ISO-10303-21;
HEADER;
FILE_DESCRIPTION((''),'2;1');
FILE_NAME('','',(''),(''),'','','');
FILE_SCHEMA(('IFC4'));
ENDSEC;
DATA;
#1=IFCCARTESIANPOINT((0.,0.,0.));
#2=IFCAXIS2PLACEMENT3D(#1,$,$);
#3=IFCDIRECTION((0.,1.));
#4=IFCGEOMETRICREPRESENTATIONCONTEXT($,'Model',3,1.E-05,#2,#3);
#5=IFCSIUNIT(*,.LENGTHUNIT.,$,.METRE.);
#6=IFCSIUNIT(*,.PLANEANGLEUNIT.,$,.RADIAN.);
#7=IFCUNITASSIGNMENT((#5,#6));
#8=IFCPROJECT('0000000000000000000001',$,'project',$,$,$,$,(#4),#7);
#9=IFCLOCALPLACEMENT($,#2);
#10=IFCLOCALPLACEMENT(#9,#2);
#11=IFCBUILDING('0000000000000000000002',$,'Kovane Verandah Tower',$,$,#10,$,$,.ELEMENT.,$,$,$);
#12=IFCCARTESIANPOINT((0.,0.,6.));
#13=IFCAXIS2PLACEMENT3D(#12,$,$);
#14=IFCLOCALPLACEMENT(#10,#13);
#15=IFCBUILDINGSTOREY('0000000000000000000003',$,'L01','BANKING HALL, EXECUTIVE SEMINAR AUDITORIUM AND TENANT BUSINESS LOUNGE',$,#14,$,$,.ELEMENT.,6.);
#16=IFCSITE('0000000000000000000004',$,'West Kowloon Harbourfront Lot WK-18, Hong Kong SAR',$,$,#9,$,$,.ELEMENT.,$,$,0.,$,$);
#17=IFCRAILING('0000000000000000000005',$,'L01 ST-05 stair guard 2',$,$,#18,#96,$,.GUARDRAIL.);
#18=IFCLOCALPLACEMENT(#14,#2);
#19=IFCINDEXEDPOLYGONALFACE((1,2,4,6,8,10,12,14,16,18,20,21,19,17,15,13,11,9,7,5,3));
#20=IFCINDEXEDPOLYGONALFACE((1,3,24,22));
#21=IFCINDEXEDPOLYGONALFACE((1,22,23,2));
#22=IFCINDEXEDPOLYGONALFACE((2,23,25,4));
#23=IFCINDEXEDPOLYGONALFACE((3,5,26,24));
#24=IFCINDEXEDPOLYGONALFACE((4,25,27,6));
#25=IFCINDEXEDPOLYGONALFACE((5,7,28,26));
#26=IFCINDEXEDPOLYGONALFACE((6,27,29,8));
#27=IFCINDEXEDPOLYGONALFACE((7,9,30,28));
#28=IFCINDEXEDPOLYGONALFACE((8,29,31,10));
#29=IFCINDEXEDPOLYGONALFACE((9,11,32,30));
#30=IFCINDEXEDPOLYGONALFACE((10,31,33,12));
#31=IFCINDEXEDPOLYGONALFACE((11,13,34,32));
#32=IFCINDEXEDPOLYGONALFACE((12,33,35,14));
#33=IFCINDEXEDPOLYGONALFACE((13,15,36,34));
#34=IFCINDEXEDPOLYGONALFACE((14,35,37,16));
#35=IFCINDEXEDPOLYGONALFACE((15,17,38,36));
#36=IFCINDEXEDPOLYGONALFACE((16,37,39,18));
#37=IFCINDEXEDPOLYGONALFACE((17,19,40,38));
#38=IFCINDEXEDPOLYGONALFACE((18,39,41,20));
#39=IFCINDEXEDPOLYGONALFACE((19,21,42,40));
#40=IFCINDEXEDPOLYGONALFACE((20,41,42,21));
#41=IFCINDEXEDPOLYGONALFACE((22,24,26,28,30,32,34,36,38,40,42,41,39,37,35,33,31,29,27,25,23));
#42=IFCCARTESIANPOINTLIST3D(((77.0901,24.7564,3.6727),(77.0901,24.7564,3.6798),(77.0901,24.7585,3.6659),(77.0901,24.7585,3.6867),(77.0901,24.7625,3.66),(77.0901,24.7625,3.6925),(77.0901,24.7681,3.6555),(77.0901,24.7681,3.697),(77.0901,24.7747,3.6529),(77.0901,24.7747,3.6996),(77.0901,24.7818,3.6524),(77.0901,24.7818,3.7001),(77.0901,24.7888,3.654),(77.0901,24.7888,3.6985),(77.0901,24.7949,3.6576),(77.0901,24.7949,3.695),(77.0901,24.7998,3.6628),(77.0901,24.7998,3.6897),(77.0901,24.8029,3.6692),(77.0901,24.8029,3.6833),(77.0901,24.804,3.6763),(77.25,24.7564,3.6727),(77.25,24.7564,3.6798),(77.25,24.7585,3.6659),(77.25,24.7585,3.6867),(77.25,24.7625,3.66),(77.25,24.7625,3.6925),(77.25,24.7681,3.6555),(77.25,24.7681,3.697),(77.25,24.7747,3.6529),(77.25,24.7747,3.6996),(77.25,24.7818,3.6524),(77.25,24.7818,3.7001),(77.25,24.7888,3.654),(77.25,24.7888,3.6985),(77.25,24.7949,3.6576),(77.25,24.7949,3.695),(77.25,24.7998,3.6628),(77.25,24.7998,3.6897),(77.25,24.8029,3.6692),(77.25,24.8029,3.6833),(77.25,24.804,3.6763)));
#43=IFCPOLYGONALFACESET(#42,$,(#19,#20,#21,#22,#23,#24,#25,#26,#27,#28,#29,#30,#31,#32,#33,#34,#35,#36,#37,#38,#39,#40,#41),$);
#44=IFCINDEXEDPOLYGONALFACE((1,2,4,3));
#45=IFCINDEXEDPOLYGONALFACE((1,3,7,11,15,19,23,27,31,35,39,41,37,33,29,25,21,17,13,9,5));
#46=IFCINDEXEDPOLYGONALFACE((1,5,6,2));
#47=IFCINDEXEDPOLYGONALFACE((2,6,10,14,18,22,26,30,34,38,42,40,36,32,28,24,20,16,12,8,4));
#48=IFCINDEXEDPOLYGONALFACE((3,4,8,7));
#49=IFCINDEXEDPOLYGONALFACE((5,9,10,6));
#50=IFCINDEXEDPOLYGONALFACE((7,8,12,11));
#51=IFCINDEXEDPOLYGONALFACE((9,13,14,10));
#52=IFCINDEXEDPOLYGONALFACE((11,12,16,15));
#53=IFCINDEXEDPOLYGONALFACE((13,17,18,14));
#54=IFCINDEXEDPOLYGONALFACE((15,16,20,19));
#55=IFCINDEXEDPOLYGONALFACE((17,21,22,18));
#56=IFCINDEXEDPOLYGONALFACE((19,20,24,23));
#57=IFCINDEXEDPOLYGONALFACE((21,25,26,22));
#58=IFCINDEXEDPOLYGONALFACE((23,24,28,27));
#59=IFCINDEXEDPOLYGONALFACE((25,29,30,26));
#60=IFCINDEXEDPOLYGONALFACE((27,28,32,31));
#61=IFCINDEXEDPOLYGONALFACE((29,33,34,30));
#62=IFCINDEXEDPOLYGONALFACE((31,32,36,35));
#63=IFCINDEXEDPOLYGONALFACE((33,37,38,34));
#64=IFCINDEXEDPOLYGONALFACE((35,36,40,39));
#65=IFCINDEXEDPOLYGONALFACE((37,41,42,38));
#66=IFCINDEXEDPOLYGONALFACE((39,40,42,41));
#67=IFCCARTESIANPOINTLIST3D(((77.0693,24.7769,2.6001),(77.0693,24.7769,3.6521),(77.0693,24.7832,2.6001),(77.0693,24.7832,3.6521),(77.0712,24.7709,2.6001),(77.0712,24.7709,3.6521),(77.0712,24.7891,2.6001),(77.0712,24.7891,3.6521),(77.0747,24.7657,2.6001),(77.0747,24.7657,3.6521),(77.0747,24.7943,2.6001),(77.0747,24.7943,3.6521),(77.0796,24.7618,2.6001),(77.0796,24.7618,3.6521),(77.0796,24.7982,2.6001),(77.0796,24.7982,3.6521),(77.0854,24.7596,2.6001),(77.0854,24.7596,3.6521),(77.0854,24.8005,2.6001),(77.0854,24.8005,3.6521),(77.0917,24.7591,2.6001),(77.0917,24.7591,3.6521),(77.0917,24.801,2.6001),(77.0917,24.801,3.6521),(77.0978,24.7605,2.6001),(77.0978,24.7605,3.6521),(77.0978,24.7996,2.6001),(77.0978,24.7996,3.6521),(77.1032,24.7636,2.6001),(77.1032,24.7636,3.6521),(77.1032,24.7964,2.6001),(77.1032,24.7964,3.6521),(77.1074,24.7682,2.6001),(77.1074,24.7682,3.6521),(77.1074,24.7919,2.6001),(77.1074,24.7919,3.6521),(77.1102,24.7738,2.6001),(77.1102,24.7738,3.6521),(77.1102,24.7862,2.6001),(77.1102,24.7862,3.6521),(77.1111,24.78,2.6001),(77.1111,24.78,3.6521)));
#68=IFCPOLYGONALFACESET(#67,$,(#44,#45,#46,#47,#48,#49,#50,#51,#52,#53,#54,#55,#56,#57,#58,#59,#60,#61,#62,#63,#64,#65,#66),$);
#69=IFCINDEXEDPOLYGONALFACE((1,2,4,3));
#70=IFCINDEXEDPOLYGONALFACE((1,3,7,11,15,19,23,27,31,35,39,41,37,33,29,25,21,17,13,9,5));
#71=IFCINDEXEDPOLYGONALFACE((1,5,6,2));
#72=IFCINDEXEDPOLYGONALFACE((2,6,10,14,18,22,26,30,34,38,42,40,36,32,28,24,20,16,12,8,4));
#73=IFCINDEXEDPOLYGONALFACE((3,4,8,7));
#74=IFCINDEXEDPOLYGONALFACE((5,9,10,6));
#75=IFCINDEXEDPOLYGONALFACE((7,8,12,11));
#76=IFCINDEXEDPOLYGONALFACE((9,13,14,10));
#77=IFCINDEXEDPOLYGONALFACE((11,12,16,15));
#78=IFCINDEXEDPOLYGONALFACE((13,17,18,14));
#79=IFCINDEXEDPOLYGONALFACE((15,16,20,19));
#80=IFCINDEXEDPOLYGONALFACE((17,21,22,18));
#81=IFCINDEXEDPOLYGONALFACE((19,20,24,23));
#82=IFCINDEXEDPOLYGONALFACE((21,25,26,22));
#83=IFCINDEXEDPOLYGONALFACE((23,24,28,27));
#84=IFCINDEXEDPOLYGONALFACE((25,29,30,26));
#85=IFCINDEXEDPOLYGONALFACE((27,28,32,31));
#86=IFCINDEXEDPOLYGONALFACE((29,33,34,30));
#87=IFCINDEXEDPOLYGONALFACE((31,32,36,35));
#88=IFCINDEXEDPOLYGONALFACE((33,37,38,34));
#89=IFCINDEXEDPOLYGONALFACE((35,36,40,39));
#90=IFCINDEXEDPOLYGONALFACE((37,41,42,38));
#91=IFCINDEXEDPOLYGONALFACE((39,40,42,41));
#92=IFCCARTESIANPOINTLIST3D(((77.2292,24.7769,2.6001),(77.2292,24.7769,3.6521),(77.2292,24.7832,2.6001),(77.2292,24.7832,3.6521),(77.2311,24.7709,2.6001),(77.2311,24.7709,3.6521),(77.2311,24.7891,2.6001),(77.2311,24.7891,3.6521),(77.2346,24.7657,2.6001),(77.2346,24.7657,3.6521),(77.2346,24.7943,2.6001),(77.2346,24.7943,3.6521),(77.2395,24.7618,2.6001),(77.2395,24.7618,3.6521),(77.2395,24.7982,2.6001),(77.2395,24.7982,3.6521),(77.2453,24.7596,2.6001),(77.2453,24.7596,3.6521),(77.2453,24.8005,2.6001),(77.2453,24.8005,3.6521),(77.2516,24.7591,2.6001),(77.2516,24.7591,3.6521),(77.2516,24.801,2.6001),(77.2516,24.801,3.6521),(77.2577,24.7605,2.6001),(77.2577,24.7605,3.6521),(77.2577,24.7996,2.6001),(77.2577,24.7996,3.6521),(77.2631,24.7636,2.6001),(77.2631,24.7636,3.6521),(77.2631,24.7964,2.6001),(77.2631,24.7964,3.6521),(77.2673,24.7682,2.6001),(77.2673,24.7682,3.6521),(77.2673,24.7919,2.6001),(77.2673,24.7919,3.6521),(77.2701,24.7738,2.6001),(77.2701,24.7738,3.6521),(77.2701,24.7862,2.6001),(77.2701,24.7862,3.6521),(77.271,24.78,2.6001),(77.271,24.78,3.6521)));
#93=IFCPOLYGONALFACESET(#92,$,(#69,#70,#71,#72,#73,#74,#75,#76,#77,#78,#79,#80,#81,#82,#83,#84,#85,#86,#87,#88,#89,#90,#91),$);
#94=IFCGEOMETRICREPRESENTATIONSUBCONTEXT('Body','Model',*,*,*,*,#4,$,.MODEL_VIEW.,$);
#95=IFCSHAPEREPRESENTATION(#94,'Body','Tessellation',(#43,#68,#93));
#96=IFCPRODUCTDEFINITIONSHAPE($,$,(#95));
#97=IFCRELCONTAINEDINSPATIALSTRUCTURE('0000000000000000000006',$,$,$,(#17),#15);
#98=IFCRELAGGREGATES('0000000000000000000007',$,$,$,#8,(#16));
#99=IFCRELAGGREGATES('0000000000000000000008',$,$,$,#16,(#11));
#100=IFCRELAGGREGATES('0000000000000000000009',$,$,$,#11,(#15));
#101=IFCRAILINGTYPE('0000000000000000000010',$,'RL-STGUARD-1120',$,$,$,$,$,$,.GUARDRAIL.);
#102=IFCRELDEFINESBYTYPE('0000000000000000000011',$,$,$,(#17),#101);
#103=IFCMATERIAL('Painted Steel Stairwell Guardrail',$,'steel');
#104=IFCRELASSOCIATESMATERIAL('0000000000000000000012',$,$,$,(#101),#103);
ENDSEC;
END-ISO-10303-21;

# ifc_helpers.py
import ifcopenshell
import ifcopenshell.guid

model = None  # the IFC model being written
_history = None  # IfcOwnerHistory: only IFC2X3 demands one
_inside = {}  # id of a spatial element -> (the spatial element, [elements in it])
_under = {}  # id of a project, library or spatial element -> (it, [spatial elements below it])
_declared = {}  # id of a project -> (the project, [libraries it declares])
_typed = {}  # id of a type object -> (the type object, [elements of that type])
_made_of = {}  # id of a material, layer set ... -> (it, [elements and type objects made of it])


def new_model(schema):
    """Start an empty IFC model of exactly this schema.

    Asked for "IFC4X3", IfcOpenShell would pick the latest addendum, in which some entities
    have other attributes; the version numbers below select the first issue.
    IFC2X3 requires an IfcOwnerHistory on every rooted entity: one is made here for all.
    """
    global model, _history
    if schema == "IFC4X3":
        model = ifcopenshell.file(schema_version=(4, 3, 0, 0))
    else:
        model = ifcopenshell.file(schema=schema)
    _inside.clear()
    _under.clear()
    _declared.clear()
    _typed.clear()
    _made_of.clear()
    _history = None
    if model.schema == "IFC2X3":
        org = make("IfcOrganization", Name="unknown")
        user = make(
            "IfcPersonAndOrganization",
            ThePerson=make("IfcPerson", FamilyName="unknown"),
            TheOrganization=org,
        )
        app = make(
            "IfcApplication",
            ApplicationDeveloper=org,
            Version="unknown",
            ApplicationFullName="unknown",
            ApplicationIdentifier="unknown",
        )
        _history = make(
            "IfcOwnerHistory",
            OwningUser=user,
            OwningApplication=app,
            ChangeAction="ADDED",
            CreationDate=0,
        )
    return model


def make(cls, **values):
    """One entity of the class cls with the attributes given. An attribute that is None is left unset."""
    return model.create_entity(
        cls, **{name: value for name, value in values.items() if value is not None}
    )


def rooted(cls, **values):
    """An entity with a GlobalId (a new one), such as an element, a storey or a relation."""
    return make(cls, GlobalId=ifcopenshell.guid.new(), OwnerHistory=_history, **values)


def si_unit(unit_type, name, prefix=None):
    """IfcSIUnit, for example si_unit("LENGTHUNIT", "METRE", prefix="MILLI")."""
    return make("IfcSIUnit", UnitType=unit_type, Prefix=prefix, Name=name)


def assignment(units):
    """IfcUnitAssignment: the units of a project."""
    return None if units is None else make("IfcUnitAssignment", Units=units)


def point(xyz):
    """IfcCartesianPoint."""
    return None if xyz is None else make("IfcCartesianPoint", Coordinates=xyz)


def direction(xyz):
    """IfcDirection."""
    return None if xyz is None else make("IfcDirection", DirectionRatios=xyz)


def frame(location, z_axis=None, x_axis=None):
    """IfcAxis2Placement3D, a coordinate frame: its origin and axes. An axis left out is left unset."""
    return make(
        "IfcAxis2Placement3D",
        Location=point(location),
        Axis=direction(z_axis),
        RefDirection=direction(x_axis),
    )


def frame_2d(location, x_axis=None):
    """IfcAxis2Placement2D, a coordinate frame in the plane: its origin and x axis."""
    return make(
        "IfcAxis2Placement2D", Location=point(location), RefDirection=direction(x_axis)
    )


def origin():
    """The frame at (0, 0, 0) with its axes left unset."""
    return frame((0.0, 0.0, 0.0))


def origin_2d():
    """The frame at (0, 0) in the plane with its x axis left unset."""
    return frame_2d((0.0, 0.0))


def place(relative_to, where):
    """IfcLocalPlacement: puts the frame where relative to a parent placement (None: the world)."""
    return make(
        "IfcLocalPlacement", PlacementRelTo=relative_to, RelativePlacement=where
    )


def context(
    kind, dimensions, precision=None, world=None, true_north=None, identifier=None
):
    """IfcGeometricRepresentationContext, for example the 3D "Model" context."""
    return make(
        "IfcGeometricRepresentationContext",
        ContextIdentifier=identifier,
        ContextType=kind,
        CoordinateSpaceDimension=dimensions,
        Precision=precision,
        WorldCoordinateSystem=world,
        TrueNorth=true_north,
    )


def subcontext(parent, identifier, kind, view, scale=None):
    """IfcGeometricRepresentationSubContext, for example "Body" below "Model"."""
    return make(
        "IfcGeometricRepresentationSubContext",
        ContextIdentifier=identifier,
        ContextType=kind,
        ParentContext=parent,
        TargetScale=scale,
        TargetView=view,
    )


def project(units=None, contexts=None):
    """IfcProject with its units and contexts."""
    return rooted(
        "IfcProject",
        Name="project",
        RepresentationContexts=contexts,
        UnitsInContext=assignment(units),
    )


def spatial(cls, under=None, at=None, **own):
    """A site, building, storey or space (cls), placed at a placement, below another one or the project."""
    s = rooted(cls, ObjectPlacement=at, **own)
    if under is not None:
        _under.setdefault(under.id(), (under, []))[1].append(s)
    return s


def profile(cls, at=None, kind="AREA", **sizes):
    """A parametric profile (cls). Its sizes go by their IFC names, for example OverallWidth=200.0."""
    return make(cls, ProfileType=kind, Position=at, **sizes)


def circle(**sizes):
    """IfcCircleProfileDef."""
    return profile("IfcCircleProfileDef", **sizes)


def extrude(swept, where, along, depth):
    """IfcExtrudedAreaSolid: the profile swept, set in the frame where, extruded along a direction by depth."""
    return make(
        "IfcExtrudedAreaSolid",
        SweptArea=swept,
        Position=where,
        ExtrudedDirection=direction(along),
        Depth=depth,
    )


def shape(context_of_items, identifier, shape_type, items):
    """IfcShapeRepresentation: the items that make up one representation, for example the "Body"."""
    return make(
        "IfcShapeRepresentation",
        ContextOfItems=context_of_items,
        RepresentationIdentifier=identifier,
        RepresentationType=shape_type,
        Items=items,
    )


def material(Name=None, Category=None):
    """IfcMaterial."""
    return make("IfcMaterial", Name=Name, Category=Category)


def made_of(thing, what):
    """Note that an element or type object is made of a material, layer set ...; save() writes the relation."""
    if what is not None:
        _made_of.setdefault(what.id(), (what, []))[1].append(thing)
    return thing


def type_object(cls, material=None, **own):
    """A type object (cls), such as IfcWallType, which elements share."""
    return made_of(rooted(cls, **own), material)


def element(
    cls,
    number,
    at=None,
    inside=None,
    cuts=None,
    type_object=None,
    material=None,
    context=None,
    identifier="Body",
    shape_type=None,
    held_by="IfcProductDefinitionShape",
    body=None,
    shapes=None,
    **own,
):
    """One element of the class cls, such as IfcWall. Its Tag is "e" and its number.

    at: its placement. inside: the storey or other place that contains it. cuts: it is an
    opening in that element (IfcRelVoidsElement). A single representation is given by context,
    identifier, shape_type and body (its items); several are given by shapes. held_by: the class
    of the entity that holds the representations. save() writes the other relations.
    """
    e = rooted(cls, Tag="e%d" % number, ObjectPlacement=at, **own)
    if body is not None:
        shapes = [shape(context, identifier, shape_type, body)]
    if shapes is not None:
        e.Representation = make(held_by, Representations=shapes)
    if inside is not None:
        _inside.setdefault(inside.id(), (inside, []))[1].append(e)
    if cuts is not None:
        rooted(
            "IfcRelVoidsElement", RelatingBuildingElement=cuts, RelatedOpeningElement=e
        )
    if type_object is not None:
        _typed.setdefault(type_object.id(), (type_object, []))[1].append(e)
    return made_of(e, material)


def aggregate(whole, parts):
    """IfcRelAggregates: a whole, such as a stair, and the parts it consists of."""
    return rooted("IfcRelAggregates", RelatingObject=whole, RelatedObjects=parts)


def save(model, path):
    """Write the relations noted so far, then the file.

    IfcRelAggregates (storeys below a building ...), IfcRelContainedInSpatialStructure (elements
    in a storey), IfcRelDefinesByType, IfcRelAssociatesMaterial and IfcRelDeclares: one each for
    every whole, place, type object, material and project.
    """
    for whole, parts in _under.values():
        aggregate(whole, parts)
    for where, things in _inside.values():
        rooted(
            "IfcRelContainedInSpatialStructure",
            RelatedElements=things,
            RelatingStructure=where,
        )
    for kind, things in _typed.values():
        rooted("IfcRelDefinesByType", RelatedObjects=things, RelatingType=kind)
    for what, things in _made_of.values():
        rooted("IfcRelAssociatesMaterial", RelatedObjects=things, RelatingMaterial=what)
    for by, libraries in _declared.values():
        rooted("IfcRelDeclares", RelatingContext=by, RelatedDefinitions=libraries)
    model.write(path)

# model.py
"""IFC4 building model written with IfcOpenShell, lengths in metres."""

from ifc_helpers import new_model, si_unit, direction, frame, origin, origin_2d, place, context, subcontext, project, spatial, circle, extrude, material, type_object, element, save


model = new_model("IFC4")

# Units and contexts
model_context = context("Model", 3, precision=1e-05, world=origin(), true_north=direction((0.0, 1.0)))
body_context = subcontext(model_context, "Body", "Model", "MODEL_VIEW")
ifc_project = project(units=[si_unit("LENGTHUNIT", "METRE"), si_unit("PLANEANGLEUNIT", "RADIAN")], contexts=[model_context])

# Site, building, storey
site_placement = place(None, origin())
site = spatial("IfcSite", under=ifc_project, at=site_placement, Name="West Kowloon Harbourfront Lot WK-18, Hong Kong SAR", CompositionType="ELEMENT", RefElevation=0.0)
building_placement = place(site_placement, origin())
building = spatial("IfcBuilding", under=site, at=building_placement, Name="Kovane Verandah Tower", CompositionType="ELEMENT")
storey_placement = place(building_placement, frame((0.0, 0.0, 6.0)))
storey = spatial("IfcBuildingStorey", under=building, at=storey_placement, Name="L01", Description="BANKING HALL, EXECUTIVE SEMINAR AUDITORIUM AND TENANT BUSINESS LOUNGE", CompositionType="ELEMENT", Elevation=6.0)

# Railing
ifc_material_1 = material(Name="Painted Steel Stairwell Guardrail", Category="steel")
railing_type_1 = type_object("IfcRailingType", Name="RL-STGUARD-1120", PredefinedType="GUARDRAIL", material=ifc_material_1)
railing_1_placement = place(storey_placement, frame((77.0901, 24.78, 2.6001)))
element("IfcRailing", 1, at=railing_1_placement, inside=storey, type_object=railing_type_1, Name="L01 ST-05 stair guard 2", PredefinedType="GUARDRAIL", context=body_context, shape_type="SweptSolid", body=[
    extrude(circle(Radius=0.0239, at=origin_2d()), frame((0.0, 0.0, 1.0762), z_axis=(1.0, 0.0, 0.0), x_axis=(0.0, 1.0, 0.0)), (0.0, 0.0, 1.0), 0.1599),
    extrude(circle(Radius=0.021, at=origin_2d()), origin(), (0.0, 0.0, 1.0), 1.052),
    extrude(circle(Radius=0.021, at=origin_2d()), frame((0.1599, 0.0, 0.0)), (0.0, 0.0, 1.0), 1.052),
])

save(model, "model.ifc")
